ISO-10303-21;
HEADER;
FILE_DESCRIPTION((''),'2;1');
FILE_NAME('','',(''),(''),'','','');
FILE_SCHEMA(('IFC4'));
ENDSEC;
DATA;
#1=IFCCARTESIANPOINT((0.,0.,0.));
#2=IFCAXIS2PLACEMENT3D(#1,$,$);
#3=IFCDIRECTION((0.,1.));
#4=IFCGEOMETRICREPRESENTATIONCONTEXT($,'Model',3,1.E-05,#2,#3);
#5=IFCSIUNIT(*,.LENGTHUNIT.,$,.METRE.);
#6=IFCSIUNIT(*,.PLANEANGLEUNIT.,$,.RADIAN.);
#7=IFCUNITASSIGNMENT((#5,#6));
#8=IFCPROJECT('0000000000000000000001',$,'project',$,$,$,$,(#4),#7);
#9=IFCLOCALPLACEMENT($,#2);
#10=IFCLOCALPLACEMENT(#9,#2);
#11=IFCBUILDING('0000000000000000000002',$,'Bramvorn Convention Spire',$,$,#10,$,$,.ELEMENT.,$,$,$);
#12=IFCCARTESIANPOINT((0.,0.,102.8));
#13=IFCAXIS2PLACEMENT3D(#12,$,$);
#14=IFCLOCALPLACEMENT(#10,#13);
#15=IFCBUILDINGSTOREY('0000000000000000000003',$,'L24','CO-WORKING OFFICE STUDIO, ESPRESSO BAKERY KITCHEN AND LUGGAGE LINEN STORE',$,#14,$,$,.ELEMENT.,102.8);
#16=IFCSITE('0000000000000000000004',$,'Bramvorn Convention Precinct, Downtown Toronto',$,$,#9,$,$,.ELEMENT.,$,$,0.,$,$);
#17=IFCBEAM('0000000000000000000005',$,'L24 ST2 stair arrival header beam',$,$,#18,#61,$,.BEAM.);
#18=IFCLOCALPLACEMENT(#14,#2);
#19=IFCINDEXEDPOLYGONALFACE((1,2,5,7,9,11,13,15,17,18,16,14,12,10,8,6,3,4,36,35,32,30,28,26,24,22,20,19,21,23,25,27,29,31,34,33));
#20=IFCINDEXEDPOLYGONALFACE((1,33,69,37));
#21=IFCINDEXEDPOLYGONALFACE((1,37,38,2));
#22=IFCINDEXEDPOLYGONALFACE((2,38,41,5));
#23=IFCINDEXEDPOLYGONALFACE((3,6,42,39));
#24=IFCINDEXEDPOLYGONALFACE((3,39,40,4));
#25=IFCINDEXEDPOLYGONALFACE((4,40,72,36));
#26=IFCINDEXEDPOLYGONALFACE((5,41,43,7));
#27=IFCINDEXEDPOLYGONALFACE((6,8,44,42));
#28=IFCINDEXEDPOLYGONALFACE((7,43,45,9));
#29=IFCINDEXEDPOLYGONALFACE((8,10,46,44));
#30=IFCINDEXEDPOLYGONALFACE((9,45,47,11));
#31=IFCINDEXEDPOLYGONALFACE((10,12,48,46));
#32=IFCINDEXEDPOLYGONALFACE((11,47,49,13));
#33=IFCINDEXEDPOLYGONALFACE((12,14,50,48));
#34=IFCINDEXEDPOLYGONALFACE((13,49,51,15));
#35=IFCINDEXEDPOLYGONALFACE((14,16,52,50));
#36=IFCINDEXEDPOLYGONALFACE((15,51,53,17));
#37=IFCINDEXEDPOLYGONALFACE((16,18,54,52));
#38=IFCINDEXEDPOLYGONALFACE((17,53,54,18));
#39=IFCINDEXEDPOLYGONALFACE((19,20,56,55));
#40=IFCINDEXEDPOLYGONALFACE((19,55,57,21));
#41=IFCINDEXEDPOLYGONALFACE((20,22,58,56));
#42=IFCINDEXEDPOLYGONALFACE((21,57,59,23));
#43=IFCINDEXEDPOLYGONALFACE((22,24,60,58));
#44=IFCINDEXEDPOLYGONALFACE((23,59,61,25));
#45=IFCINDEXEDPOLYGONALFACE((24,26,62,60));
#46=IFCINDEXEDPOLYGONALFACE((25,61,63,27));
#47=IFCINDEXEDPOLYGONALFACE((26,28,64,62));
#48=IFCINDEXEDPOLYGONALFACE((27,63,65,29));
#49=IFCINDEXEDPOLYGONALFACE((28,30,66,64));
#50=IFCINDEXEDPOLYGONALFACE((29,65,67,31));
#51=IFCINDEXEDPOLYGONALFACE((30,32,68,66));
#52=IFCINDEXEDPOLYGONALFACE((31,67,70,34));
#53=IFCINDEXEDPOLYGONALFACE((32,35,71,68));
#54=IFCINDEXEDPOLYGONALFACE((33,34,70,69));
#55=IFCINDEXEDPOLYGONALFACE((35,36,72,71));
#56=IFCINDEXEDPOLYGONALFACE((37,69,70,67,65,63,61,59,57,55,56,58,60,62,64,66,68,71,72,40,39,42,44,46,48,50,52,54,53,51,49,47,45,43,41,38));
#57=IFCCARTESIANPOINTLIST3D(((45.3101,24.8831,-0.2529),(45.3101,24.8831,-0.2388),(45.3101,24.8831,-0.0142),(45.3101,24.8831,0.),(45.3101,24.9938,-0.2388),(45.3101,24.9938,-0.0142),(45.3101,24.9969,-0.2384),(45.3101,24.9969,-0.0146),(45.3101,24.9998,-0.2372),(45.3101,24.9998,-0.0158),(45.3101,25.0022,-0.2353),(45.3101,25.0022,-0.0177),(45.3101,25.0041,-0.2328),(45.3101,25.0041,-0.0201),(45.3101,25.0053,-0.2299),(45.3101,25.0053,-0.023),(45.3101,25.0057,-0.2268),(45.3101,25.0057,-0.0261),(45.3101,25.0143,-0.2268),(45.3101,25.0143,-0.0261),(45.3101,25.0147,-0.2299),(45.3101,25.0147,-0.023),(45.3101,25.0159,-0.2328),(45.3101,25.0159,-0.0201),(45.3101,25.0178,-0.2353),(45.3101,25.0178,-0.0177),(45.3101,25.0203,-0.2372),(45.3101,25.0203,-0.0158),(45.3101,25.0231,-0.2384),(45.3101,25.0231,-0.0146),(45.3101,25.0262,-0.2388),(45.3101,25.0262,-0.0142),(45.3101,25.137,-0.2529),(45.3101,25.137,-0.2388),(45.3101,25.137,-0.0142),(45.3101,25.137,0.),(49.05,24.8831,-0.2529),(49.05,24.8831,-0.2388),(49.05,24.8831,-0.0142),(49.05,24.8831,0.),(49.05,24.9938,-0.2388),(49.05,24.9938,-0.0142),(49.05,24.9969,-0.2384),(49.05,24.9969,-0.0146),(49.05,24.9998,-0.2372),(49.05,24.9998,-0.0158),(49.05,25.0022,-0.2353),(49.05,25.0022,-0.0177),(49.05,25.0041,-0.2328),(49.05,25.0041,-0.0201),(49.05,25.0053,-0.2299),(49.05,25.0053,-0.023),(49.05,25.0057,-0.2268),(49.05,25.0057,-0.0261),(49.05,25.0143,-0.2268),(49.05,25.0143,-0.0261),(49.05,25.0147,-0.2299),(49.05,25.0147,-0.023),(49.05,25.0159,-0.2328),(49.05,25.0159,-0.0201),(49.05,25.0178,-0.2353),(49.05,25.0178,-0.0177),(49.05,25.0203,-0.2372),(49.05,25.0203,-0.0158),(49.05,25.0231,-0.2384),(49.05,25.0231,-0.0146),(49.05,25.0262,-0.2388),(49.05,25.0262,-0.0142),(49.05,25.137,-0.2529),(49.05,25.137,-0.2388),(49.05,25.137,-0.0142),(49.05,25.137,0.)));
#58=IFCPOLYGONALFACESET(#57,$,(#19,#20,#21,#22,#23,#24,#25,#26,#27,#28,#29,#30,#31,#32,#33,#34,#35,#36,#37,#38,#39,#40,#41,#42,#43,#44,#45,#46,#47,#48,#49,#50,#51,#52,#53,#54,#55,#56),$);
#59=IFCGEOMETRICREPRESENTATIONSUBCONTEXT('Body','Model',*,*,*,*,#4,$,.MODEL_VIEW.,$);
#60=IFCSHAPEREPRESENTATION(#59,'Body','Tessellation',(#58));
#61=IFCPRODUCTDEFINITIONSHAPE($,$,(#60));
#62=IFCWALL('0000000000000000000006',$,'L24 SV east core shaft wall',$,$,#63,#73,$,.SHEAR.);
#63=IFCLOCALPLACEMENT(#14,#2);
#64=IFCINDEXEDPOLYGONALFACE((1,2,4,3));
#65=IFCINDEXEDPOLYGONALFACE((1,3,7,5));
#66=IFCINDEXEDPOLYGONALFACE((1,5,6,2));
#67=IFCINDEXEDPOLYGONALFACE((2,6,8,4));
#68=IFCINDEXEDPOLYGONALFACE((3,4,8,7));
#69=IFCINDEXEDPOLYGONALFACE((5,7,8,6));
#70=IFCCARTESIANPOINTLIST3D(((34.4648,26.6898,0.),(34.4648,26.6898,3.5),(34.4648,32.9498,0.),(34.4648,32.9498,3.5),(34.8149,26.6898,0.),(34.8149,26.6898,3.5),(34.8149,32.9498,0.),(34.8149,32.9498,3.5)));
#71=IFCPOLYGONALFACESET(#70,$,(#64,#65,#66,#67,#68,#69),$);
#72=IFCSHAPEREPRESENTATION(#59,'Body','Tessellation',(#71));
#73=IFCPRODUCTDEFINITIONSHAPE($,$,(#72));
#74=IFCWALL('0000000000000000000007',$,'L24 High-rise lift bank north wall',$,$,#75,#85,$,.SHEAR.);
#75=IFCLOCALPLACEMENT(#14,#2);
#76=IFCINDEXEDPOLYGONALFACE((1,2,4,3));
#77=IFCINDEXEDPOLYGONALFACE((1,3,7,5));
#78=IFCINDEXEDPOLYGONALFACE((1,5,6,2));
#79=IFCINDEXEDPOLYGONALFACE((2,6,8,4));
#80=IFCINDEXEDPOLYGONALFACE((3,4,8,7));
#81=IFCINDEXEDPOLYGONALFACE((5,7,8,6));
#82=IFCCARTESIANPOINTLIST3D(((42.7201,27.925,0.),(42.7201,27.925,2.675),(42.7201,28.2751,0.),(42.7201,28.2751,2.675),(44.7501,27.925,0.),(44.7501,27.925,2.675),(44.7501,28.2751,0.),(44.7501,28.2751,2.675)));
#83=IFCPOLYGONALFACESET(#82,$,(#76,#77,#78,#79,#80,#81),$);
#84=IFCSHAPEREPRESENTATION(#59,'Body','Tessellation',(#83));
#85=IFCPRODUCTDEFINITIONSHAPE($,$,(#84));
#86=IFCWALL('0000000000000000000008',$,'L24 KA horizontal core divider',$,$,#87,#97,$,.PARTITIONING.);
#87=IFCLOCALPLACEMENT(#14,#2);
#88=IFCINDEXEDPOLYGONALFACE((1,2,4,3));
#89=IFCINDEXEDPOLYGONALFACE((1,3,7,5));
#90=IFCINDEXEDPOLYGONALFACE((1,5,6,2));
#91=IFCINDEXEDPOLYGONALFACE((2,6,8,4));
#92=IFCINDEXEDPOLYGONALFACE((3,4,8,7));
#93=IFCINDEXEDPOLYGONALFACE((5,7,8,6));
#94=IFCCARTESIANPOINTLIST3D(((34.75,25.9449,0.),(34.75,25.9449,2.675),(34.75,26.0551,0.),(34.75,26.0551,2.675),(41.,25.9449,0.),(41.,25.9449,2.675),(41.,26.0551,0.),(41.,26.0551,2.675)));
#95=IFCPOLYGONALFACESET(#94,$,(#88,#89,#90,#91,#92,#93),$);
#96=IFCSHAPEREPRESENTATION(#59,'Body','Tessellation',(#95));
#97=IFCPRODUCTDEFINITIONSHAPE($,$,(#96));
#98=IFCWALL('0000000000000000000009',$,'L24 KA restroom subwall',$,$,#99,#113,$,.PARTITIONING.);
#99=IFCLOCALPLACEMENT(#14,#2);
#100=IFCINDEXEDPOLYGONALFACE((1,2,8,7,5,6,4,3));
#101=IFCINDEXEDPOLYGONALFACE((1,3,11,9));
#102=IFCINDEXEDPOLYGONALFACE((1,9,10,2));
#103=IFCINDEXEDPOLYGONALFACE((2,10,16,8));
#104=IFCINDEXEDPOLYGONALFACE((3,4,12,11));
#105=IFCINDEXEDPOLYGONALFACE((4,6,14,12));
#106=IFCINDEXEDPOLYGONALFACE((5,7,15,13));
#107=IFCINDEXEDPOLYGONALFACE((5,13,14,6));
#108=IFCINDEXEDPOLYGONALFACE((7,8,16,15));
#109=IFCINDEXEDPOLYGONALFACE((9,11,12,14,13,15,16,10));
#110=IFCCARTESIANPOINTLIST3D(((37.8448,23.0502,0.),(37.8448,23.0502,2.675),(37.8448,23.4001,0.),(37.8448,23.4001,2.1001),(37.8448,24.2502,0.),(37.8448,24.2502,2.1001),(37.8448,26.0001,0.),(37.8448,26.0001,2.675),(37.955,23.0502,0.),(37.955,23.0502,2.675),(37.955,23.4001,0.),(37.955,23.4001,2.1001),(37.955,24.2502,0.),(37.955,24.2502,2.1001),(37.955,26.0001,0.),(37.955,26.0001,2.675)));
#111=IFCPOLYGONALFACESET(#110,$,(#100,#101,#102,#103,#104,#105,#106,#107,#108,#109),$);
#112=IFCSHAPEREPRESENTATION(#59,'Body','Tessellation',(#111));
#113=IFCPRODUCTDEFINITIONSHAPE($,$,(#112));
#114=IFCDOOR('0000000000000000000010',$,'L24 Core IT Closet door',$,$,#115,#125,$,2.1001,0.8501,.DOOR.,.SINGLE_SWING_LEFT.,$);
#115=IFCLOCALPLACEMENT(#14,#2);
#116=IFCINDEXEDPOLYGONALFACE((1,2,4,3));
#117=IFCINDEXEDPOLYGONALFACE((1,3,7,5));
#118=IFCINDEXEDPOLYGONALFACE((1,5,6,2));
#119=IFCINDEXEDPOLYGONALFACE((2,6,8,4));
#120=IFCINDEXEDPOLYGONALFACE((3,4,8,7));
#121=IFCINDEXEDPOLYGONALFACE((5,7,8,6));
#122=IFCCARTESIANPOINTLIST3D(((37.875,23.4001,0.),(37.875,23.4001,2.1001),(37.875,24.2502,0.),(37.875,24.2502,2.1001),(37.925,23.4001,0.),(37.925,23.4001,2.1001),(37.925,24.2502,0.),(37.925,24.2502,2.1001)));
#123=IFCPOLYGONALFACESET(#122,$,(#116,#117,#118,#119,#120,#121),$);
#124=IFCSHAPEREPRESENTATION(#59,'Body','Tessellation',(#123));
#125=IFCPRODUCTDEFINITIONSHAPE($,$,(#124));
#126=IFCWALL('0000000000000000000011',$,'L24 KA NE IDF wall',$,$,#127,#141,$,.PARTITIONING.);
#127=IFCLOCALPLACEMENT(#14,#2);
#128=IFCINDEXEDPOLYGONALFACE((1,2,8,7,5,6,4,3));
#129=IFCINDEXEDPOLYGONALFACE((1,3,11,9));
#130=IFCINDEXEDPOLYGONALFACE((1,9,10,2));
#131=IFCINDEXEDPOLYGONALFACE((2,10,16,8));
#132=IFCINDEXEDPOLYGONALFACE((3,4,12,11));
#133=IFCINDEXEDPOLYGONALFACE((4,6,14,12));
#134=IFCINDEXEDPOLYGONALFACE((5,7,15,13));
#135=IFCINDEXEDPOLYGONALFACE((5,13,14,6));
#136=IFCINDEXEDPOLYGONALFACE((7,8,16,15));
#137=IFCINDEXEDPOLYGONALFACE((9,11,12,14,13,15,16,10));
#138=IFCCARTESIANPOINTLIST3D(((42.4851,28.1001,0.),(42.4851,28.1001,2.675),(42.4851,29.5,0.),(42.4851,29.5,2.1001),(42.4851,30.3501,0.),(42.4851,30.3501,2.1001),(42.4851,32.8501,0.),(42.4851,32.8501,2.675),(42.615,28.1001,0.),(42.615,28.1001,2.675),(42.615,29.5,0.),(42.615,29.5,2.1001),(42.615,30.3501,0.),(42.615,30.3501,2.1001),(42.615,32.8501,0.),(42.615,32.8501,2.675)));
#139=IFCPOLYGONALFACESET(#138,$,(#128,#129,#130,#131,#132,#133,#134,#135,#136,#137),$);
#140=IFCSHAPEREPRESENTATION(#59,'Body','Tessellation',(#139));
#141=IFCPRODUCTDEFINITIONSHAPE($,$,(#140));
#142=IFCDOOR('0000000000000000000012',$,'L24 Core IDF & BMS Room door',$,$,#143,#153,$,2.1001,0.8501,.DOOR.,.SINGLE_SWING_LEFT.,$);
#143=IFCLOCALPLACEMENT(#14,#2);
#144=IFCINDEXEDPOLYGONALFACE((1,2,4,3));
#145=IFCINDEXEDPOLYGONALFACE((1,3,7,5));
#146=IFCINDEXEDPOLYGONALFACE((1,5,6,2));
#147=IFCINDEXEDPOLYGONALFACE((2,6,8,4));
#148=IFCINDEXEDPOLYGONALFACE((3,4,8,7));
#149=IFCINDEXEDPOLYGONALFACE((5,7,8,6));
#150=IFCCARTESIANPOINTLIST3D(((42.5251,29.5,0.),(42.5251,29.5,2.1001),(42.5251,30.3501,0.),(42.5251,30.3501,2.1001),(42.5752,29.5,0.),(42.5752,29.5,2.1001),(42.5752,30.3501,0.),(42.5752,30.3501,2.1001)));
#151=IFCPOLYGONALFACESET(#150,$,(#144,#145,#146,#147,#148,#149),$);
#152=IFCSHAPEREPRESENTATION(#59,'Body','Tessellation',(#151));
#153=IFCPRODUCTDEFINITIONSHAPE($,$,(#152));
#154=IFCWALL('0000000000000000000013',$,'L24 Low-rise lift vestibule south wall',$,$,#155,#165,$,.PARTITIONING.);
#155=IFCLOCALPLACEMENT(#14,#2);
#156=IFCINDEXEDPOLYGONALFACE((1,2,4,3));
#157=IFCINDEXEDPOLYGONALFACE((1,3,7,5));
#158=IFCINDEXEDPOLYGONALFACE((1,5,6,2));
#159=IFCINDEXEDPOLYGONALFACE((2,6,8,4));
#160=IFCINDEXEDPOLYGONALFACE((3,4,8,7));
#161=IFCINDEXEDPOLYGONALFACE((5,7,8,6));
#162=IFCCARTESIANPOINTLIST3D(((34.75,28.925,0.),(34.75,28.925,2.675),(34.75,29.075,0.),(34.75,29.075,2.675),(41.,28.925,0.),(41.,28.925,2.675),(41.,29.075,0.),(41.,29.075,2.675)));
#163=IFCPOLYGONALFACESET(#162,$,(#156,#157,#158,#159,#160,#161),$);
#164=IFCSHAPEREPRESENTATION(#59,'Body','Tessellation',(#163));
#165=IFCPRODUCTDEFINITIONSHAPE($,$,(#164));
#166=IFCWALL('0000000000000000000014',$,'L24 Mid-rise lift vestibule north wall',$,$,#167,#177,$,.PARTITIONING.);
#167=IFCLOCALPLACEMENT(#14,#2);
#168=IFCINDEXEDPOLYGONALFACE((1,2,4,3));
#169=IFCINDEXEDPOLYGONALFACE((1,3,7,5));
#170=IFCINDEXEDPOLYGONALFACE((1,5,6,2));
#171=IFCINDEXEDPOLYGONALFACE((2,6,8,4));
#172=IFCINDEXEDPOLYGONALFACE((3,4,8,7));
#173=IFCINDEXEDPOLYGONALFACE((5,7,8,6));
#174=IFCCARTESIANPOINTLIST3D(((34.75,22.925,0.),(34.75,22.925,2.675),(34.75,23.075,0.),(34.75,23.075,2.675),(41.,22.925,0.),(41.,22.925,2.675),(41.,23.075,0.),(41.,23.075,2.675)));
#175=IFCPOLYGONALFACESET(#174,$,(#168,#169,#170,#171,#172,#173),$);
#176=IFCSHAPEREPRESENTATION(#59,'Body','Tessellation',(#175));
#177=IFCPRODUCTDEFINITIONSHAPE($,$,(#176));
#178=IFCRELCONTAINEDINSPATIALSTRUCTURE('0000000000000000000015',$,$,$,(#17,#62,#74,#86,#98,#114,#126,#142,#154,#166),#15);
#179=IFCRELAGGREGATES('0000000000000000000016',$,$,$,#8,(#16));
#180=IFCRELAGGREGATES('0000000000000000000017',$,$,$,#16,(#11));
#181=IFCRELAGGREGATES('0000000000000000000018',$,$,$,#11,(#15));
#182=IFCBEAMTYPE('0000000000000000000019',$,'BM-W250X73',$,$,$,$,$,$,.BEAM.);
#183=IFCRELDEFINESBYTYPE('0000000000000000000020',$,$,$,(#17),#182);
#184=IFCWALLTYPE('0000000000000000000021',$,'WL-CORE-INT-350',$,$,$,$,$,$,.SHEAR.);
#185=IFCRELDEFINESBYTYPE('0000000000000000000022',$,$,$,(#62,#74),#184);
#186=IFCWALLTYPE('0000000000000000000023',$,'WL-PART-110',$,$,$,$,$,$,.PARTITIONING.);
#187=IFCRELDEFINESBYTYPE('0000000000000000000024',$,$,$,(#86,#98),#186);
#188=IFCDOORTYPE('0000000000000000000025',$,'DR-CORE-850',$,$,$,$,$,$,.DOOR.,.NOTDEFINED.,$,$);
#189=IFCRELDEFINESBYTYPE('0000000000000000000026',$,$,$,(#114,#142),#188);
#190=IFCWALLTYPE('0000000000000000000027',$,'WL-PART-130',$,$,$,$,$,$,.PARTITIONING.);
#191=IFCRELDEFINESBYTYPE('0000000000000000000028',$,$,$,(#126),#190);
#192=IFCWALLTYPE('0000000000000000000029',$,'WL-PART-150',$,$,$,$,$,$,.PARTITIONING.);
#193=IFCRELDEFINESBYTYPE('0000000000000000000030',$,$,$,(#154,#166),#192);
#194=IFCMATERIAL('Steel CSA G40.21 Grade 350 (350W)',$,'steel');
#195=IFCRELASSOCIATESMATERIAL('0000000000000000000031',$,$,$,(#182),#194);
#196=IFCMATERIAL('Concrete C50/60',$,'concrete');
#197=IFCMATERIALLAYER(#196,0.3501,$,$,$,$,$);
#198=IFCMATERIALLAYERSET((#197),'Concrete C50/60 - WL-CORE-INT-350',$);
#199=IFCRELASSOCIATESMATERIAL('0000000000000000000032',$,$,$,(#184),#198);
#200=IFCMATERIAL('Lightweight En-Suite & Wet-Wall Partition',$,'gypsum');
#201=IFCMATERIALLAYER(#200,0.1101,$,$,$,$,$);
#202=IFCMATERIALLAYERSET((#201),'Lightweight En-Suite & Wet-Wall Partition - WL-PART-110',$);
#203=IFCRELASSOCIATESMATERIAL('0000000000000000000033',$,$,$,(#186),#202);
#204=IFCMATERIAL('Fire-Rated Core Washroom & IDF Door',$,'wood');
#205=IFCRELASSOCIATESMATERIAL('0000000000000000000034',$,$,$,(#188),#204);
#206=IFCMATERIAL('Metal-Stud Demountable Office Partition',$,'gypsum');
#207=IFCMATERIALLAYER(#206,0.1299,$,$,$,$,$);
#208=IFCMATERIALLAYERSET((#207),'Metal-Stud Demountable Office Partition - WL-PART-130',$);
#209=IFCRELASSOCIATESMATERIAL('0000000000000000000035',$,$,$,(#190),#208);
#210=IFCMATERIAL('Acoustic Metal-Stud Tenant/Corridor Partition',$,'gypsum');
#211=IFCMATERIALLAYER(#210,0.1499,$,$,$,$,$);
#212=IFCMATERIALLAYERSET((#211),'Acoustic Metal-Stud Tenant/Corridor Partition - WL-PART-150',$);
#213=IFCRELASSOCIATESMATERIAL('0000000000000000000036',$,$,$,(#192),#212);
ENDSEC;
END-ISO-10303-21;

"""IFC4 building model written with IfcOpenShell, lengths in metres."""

from ifc_helpers import new_model, si_unit, direction, frame, frame_2d, origin, origin_2d, place, context, subcontext, project, spatial, rectangle, i_section, extrude, material, layer, layer_set, material_profile, profile_set, type_object, element, fill, save


model = new_model("IFC4")

# Units and contexts
model_context = context("Model", 3, precision=1e-05, world=origin(), true_north=direction((0.0, 1.0)))
body_context = subcontext(model_context, "Body", "Model", "MODEL_VIEW")
ifc_project = project(units=[si_unit("LENGTHUNIT", "METRE"), si_unit("PLANEANGLEUNIT", "RADIAN")], contexts=[model_context])

# Site, building, storey
site_placement = place(None, origin())
site = spatial("IfcSite", under=ifc_project, at=site_placement, Name="Bramvorn Convention Precinct, Downtown Toronto", CompositionType="ELEMENT", RefElevation=0.0)
building_placement = place(site_placement, origin())
building = spatial("IfcBuilding", under=site, at=building_placement, Name="Bramvorn Convention Spire", CompositionType="ELEMENT")
storey_placement = place(building_placement, frame((0.0, 0.0, 102.8)))
storey = spatial("IfcBuildingStorey", under=building, at=storey_placement, Name="L24", Description="CO-WORKING OFFICE STUDIO, ESPRESSO BAKERY KITCHEN AND LUGGAGE LINEN STORE", CompositionType="ELEMENT", Elevation=102.8)

# Beam
ifc_material_1 = material(Name="Steel CSA G40.21 Grade 350 (350W)", Category="steel")
ifc_material_profile = material_profile(ifc_material_1, i_section(OverallWidth=0.2539, OverallDepth=0.2529, WebThickness=0.0085, FlangeThickness=0.0142, FilletRadius=0.012, at=origin_2d()))
ifc_profile_set = profile_set([ifc_material_profile], Name="Steel CSA G40.21 Grade 350 (350W) - W250X73")
beam_type = type_object("IfcBeamType", Name="BM-W250X73", PredefinedType="BEAM", material=ifc_profile_set)
beam_placement = place(storey_placement, frame((45.3101, 25.01, -0.1265), z_axis=(1.0, 0.0, 0.0), x_axis=(0.0, 1.0, 0.0)))
element("IfcBeam", 1, at=beam_placement, inside=storey, type_object=beam_type, Name="L24 ST2 stair arrival header beam", PredefinedType="BEAM", context=body_context, shape_type="SweptSolid", body=[
    extrude(i_section(OverallWidth=0.2539, OverallDepth=0.2529, WebThickness=0.0085, FlangeThickness=0.0142, FilletRadius=0.012, at=origin_2d()), origin(), (0.0, 0.0, 1.0), 3.74),
])

# Walls
ifc_material_2 = material(Name="Concrete C50/60", Category="concrete")
ifc_layer_1 = layer(ifc_material_2, 0.3501)
ifc_layer_set_1 = layer_set([ifc_layer_1], Name="Concrete C50/60 - WL-CORE-INT-350")
wall_type_1 = type_object("IfcWallType", Name="WL-CORE-INT-350", PredefinedType="SHEAR", material=ifc_layer_set_1)
wall_1_placement = place(storey_placement, frame((34.6399, 26.6899, 0.0), z_axis=(0.0, 0.0, 1.0), x_axis=(0.0, 1.0, 0.0)))
element("IfcWall", 2, at=wall_1_placement, inside=storey, type_object=wall_type_1, Name="L24 SV east core shaft wall", PredefinedType="SHEAR", context=body_context, shape_type="SweptSolid", body=[
    extrude(rectangle(XDim=6.26, YDim=0.3501, at=frame_2d((3.1299, 0.0))), origin(), (0.0, 0.0, 1.0), 3.5),
])
wall_2_placement = place(storey_placement, frame((42.72, 28.1001, 0.0), z_axis=(0.0, 0.0, 1.0), x_axis=(1.0, 0.0, 0.0)))
element("IfcWall", 3, at=wall_2_placement, inside=storey, type_object=wall_type_1, Name="L24 High-rise lift bank north wall", PredefinedType="SHEAR", context=body_context, shape_type="SweptSolid", body=[
    extrude(rectangle(XDim=2.03, YDim=0.3501, at=frame_2d((1.0151, 0.0))), origin(), (0.0, 0.0, 1.0), 2.675),
])
ifc_material_3 = material(Name="Lightweight En-Suite & Wet-Wall Partition", Category="gypsum")
ifc_layer_2 = layer(ifc_material_3, 0.1101)
ifc_layer_set_2 = layer_set([ifc_layer_2], Name="Lightweight En-Suite & Wet-Wall Partition - WL-PART-110")
wall_type_2 = type_object("IfcWallType", Name="WL-PART-110", PredefinedType="PARTITIONING", material=ifc_layer_set_2)
wall_3_placement = place(storey_placement, frame((34.75, 26.0, 0.0), z_axis=(0.0, 0.0, 1.0), x_axis=(1.0, 0.0, 0.0)))
element("IfcWall", 4, at=wall_3_placement, inside=storey, type_object=wall_type_2, Name="L24 KA horizontal core divider", PredefinedType="PARTITIONING", context=body_context, shape_type="SweptSolid", body=[
    extrude(rectangle(XDim=6.25, YDim=0.1101, at=frame_2d((3.125, 0.0))), origin(), (0.0, 0.0, 1.0), 2.675),
])

# Walls, openings, doors
wall_4_placement = place(storey_placement, frame((37.8999, 23.05, 0.0), z_axis=(0.0, 0.0, 1.0), x_axis=(0.0, 1.0, 0.0)))
wall_4 = element("IfcWall", 5, at=wall_4_placement, inside=storey, type_object=wall_type_2, Name="L24 KA restroom subwall", PredefinedType="PARTITIONING", context=body_context, shape_type="SweptSolid", body=[
    extrude(rectangle(XDim=2.95, YDim=0.1101, at=frame_2d((1.4751, 0.0))), origin(), (0.0, 0.0, 1.0), 2.675),
])
opening_1_placement = place(wall_4_placement, frame((0.3501, 0.0, 0.0)))
opening_1 = element("IfcOpeningElement", 6, at=opening_1_placement, cuts=wall_4, PredefinedType="OPENING", context=body_context, shape_type="SweptSolid", body=[
    extrude(rectangle(XDim=0.8501, YDim=2.1001, at=frame_2d((0.425, 1.05))), frame((0.0, 0.0649, 0.0), z_axis=(0.0, -1.0, 0.0), x_axis=(1.0, 0.0, 0.0)), (0.0, 0.0, 1.0), 0.1301),
])
ifc_material_4 = material(Name="Fire-Rated Core Washroom & IDF Door", Category="wood")
door_type_1 = type_object("IfcDoorType", Name="DR-CORE-850", OperationType="NOTDEFINED", PredefinedType="DOOR", material=ifc_material_4)
door_1_placement = place(opening_1_placement, origin())
door_1 = element("IfcDoor", 7, at=door_1_placement, inside=storey, type_object=door_type_1, Name="L24 Core IT Closet door", OperationType="SINGLE_SWING_LEFT", OverallHeight=2.1001, OverallWidth=0.8501, PredefinedType="DOOR", context=body_context, shape_type="SweptSolid", body=[
    extrude(rectangle(XDim=0.8501, YDim=2.1001, at=frame_2d((0.425, 1.05))), frame((0.0, 0.0249, 0.0), z_axis=(0.0, -1.0, 0.0), x_axis=(1.0, 0.0, 0.0)), (0.0, 0.0, 1.0), 0.05),
])
fill(opening_1, door_1)
ifc_material_5 = material(Name="Metal-Stud Demountable Office Partition", Category="gypsum")
ifc_layer_3 = layer(ifc_material_5, 0.1299)
ifc_layer_set_3 = layer_set([ifc_layer_3], Name="Metal-Stud Demountable Office Partition - WL-PART-130")
wall_type_3 = type_object("IfcWallType", Name="WL-PART-130", PredefinedType="PARTITIONING", material=ifc_layer_set_3)
wall_5_placement = place(storey_placement, frame((42.55, 28.1001, 0.0), z_axis=(0.0, 0.0, 1.0), x_axis=(0.0, 1.0, 0.0)))
wall_5 = element("IfcWall", 8, at=wall_5_placement, inside=storey, type_object=wall_type_3, Name="L24 KA NE IDF wall", PredefinedType="PARTITIONING", context=body_context, shape_type="SweptSolid", body=[
    extrude(rectangle(XDim=4.75, YDim=0.1299, at=frame_2d((2.375, 0.0))), origin(), (0.0, 0.0, 1.0), 2.675),
])
opening_2_placement = place(wall_5_placement, frame((1.3999, 0.0, 0.0)))
opening_2 = element("IfcOpeningElement", 9, at=opening_2_placement, cuts=wall_5, PredefinedType="OPENING", context=body_context, shape_type="SweptSolid", body=[
    extrude(rectangle(XDim=0.8501, YDim=2.1001, at=frame_2d((0.425, 1.05))), frame((0.0, 0.075, 0.0), z_axis=(0.0, -1.0, 0.0), x_axis=(1.0, 0.0, 0.0)), (0.0, 0.0, 1.0), 0.1499),
])
door_2_placement = place(opening_2_placement, origin())
door_2 = element("IfcDoor", 10, at=door_2_placement, inside=storey, type_object=door_type_1, Name="L24 Core IDF & BMS Room door", OperationType="SINGLE_SWING_LEFT", OverallHeight=2.1001, OverallWidth=0.8501, PredefinedType="DOOR", context=body_context, shape_type="SweptSolid", body=[
    extrude(rectangle(XDim=0.8501, YDim=2.1001, at=frame_2d((0.425, 1.05))), frame((0.0, 0.0249, 0.0), z_axis=(0.0, -1.0, 0.0), x_axis=(1.0, 0.0, 0.0)), (0.0, 0.0, 1.0), 0.05),
])
fill(opening_2, door_2)

# Walls
ifc_material_6 = material(Name="Acoustic Metal-Stud Tenant/Corridor Partition", Category="gypsum")
ifc_layer_4 = layer(ifc_material_6, 0.1499)
ifc_layer_set_4 = layer_set([ifc_layer_4], Name="Acoustic Metal-Stud Tenant/Corridor Partition - WL-PART-150")
wall_type_4 = type_object("IfcWallType", Name="WL-PART-150", PredefinedType="PARTITIONING", material=ifc_layer_set_4)
for number, where, z_axis, x_axis, name in (
    (11, (34.75, 29.0, 0.0), (0.0, 0.0, 1.0), (1.0, 0.0, 0.0), "L24 Low-rise lift vestibule south wall"),
    (12, (34.75, 23.0, 0.0), (0.0, 0.0, 1.0), (1.0, 0.0, 0.0), "L24 Mid-rise lift vestibule north wall"),
):
    element("IfcWall", number, at=place(storey_placement, frame(where, z_axis=z_axis, x_axis=x_axis)), inside=storey, type_object=wall_type_4, Name=name, PredefinedType="PARTITIONING", context=body_context, shape_type="SweptSolid", body=[
        extrude(rectangle(XDim=6.25, YDim=0.1499, at=frame_2d((3.125, 0.0))), origin(), (0.0, 0.0, 1.0), 2.675),
    ])

save(model, "model.ifc")
